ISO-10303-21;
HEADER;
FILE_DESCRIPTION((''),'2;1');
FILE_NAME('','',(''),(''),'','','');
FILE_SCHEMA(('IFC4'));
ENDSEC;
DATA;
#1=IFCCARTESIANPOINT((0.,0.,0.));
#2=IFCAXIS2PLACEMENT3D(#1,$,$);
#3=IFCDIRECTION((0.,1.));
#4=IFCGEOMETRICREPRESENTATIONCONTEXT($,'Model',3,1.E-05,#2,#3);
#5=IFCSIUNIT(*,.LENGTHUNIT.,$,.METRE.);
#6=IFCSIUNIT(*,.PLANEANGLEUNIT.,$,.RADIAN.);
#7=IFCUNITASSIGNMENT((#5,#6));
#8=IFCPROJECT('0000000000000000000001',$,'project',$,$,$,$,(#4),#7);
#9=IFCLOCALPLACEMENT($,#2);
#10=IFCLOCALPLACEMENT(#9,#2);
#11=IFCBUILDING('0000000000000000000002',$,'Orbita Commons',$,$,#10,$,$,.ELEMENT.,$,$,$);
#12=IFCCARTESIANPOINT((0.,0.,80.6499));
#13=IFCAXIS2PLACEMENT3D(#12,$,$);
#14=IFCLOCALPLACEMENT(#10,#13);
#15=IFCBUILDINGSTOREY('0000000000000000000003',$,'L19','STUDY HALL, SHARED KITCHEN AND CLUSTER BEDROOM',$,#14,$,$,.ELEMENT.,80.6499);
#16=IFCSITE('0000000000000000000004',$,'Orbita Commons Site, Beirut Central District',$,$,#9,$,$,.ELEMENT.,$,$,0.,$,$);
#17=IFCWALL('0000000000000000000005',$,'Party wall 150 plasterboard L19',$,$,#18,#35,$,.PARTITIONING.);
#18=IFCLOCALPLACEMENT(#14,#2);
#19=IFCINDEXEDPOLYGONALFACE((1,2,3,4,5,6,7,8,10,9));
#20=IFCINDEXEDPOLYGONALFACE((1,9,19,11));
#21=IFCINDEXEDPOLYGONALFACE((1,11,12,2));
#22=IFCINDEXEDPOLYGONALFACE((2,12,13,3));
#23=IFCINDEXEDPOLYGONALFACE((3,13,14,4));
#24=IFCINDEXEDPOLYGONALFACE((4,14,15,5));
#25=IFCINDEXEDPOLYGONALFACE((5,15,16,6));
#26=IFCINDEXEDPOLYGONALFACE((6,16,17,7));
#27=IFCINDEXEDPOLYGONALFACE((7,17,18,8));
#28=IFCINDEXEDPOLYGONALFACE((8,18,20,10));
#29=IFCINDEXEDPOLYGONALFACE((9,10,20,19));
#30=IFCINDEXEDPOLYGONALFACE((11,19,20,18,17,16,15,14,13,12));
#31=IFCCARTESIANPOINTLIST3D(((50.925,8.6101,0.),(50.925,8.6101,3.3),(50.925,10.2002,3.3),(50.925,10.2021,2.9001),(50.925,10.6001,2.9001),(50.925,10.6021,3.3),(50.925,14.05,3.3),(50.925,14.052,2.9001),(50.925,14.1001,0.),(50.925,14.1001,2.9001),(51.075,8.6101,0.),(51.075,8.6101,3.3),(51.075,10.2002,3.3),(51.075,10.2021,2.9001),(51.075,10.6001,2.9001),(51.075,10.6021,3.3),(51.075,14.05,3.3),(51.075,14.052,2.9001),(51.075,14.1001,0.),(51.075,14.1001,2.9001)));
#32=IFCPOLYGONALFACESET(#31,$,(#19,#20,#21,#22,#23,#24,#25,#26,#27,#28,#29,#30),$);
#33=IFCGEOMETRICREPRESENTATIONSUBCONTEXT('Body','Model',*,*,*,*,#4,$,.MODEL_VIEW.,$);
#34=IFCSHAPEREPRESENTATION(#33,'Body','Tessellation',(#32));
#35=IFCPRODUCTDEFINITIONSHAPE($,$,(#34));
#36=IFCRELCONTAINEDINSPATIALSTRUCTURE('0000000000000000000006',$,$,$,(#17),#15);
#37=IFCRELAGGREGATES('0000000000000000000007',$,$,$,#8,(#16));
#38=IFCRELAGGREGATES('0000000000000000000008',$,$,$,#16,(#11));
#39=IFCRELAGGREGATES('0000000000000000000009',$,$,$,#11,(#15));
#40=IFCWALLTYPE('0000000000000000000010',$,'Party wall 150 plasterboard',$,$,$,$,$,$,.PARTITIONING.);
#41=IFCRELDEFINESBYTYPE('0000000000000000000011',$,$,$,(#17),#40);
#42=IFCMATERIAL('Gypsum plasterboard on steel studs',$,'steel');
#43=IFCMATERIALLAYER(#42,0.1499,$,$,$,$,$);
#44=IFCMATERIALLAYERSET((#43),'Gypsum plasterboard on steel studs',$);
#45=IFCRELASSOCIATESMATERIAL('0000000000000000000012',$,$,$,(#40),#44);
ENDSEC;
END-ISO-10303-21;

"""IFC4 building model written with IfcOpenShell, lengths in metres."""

from ifc_helpers import new_model, si_unit, direction, frame, origin, place, context, subcontext, project, spatial, polyline, outline, extrude, material, layer, layer_set, type_object, element, save


model = new_model("IFC4")

# Units and contexts
model_context = context("Model", 3, precision=1e-05, world=origin(), true_north=direction((0.0, 1.0)))
body_context = subcontext(model_context, "Body", "Model", "MODEL_VIEW")
ifc_project = project(units=[si_unit("LENGTHUNIT", "METRE"), si_unit("PLANEANGLEUNIT", "RADIAN")], contexts=[model_context])

# Site, building, storey
site_placement = place(None, origin())
site = spatial("IfcSite", under=ifc_project, at=site_placement, Name="Orbita Commons Site, Beirut Central District", CompositionType="ELEMENT", RefElevation=0.0)
building_placement = place(site_placement, origin())
building = spatial("IfcBuilding", under=site, at=building_placement, Name="Orbita Commons", CompositionType="ELEMENT")
storey_placement = place(building_placement, frame((0.0, 0.0, 80.6499)))
storey = spatial("IfcBuildingStorey", under=building, at=storey_placement, Name="L19", Description="STUDY HALL, SHARED KITCHEN AND CLUSTER BEDROOM", CompositionType="ELEMENT", Elevation=80.6499)

# Wall
ifc_material_1 = material(Name="Gypsum plasterboard on steel studs", Category="steel")
ifc_layer_1 = layer(ifc_material_1, 0.1499)
ifc_layer_set_1 = layer_set([ifc_layer_1], Name="Gypsum plasterboard on steel studs")
wall_type_1 = type_object("IfcWallType", Name="Party wall 150 plasterboard", PredefinedType="PARTITIONING", material=ifc_layer_set_1)
wall_1_placement = place(storey_placement, frame((51.0, 8.6101, 0.0), z_axis=(0.0, 0.0, 1.0), x_axis=(0.0, 1.0, 0.0)))
element("IfcWall", 1, at=wall_1_placement, inside=storey, type_object=wall_type_1, Name="Party wall 150 plasterboard L19", PredefinedType="PARTITIONING", context=body_context, shape_type="SweptSolid", body=[
    extrude(outline(polyline([(0.0, 0.0), (5.49, 0.0), (5.49, 2.9001), (5.4419, 2.9001), (5.4399, 3.3), (1.9919, 3.3), (1.99, 2.9001), (1.592, 2.9001), (1.5901, 3.3), (0.0, 3.3), (0.0, 0.0)])), frame((0.0, 0.075, 0.0), z_axis=(0.0, -1.0, 0.0), x_axis=(1.0, 0.0, 0.0)), (0.0, 0.0, 1.0), 0.1499),
])

save(model, "model.ifc")
